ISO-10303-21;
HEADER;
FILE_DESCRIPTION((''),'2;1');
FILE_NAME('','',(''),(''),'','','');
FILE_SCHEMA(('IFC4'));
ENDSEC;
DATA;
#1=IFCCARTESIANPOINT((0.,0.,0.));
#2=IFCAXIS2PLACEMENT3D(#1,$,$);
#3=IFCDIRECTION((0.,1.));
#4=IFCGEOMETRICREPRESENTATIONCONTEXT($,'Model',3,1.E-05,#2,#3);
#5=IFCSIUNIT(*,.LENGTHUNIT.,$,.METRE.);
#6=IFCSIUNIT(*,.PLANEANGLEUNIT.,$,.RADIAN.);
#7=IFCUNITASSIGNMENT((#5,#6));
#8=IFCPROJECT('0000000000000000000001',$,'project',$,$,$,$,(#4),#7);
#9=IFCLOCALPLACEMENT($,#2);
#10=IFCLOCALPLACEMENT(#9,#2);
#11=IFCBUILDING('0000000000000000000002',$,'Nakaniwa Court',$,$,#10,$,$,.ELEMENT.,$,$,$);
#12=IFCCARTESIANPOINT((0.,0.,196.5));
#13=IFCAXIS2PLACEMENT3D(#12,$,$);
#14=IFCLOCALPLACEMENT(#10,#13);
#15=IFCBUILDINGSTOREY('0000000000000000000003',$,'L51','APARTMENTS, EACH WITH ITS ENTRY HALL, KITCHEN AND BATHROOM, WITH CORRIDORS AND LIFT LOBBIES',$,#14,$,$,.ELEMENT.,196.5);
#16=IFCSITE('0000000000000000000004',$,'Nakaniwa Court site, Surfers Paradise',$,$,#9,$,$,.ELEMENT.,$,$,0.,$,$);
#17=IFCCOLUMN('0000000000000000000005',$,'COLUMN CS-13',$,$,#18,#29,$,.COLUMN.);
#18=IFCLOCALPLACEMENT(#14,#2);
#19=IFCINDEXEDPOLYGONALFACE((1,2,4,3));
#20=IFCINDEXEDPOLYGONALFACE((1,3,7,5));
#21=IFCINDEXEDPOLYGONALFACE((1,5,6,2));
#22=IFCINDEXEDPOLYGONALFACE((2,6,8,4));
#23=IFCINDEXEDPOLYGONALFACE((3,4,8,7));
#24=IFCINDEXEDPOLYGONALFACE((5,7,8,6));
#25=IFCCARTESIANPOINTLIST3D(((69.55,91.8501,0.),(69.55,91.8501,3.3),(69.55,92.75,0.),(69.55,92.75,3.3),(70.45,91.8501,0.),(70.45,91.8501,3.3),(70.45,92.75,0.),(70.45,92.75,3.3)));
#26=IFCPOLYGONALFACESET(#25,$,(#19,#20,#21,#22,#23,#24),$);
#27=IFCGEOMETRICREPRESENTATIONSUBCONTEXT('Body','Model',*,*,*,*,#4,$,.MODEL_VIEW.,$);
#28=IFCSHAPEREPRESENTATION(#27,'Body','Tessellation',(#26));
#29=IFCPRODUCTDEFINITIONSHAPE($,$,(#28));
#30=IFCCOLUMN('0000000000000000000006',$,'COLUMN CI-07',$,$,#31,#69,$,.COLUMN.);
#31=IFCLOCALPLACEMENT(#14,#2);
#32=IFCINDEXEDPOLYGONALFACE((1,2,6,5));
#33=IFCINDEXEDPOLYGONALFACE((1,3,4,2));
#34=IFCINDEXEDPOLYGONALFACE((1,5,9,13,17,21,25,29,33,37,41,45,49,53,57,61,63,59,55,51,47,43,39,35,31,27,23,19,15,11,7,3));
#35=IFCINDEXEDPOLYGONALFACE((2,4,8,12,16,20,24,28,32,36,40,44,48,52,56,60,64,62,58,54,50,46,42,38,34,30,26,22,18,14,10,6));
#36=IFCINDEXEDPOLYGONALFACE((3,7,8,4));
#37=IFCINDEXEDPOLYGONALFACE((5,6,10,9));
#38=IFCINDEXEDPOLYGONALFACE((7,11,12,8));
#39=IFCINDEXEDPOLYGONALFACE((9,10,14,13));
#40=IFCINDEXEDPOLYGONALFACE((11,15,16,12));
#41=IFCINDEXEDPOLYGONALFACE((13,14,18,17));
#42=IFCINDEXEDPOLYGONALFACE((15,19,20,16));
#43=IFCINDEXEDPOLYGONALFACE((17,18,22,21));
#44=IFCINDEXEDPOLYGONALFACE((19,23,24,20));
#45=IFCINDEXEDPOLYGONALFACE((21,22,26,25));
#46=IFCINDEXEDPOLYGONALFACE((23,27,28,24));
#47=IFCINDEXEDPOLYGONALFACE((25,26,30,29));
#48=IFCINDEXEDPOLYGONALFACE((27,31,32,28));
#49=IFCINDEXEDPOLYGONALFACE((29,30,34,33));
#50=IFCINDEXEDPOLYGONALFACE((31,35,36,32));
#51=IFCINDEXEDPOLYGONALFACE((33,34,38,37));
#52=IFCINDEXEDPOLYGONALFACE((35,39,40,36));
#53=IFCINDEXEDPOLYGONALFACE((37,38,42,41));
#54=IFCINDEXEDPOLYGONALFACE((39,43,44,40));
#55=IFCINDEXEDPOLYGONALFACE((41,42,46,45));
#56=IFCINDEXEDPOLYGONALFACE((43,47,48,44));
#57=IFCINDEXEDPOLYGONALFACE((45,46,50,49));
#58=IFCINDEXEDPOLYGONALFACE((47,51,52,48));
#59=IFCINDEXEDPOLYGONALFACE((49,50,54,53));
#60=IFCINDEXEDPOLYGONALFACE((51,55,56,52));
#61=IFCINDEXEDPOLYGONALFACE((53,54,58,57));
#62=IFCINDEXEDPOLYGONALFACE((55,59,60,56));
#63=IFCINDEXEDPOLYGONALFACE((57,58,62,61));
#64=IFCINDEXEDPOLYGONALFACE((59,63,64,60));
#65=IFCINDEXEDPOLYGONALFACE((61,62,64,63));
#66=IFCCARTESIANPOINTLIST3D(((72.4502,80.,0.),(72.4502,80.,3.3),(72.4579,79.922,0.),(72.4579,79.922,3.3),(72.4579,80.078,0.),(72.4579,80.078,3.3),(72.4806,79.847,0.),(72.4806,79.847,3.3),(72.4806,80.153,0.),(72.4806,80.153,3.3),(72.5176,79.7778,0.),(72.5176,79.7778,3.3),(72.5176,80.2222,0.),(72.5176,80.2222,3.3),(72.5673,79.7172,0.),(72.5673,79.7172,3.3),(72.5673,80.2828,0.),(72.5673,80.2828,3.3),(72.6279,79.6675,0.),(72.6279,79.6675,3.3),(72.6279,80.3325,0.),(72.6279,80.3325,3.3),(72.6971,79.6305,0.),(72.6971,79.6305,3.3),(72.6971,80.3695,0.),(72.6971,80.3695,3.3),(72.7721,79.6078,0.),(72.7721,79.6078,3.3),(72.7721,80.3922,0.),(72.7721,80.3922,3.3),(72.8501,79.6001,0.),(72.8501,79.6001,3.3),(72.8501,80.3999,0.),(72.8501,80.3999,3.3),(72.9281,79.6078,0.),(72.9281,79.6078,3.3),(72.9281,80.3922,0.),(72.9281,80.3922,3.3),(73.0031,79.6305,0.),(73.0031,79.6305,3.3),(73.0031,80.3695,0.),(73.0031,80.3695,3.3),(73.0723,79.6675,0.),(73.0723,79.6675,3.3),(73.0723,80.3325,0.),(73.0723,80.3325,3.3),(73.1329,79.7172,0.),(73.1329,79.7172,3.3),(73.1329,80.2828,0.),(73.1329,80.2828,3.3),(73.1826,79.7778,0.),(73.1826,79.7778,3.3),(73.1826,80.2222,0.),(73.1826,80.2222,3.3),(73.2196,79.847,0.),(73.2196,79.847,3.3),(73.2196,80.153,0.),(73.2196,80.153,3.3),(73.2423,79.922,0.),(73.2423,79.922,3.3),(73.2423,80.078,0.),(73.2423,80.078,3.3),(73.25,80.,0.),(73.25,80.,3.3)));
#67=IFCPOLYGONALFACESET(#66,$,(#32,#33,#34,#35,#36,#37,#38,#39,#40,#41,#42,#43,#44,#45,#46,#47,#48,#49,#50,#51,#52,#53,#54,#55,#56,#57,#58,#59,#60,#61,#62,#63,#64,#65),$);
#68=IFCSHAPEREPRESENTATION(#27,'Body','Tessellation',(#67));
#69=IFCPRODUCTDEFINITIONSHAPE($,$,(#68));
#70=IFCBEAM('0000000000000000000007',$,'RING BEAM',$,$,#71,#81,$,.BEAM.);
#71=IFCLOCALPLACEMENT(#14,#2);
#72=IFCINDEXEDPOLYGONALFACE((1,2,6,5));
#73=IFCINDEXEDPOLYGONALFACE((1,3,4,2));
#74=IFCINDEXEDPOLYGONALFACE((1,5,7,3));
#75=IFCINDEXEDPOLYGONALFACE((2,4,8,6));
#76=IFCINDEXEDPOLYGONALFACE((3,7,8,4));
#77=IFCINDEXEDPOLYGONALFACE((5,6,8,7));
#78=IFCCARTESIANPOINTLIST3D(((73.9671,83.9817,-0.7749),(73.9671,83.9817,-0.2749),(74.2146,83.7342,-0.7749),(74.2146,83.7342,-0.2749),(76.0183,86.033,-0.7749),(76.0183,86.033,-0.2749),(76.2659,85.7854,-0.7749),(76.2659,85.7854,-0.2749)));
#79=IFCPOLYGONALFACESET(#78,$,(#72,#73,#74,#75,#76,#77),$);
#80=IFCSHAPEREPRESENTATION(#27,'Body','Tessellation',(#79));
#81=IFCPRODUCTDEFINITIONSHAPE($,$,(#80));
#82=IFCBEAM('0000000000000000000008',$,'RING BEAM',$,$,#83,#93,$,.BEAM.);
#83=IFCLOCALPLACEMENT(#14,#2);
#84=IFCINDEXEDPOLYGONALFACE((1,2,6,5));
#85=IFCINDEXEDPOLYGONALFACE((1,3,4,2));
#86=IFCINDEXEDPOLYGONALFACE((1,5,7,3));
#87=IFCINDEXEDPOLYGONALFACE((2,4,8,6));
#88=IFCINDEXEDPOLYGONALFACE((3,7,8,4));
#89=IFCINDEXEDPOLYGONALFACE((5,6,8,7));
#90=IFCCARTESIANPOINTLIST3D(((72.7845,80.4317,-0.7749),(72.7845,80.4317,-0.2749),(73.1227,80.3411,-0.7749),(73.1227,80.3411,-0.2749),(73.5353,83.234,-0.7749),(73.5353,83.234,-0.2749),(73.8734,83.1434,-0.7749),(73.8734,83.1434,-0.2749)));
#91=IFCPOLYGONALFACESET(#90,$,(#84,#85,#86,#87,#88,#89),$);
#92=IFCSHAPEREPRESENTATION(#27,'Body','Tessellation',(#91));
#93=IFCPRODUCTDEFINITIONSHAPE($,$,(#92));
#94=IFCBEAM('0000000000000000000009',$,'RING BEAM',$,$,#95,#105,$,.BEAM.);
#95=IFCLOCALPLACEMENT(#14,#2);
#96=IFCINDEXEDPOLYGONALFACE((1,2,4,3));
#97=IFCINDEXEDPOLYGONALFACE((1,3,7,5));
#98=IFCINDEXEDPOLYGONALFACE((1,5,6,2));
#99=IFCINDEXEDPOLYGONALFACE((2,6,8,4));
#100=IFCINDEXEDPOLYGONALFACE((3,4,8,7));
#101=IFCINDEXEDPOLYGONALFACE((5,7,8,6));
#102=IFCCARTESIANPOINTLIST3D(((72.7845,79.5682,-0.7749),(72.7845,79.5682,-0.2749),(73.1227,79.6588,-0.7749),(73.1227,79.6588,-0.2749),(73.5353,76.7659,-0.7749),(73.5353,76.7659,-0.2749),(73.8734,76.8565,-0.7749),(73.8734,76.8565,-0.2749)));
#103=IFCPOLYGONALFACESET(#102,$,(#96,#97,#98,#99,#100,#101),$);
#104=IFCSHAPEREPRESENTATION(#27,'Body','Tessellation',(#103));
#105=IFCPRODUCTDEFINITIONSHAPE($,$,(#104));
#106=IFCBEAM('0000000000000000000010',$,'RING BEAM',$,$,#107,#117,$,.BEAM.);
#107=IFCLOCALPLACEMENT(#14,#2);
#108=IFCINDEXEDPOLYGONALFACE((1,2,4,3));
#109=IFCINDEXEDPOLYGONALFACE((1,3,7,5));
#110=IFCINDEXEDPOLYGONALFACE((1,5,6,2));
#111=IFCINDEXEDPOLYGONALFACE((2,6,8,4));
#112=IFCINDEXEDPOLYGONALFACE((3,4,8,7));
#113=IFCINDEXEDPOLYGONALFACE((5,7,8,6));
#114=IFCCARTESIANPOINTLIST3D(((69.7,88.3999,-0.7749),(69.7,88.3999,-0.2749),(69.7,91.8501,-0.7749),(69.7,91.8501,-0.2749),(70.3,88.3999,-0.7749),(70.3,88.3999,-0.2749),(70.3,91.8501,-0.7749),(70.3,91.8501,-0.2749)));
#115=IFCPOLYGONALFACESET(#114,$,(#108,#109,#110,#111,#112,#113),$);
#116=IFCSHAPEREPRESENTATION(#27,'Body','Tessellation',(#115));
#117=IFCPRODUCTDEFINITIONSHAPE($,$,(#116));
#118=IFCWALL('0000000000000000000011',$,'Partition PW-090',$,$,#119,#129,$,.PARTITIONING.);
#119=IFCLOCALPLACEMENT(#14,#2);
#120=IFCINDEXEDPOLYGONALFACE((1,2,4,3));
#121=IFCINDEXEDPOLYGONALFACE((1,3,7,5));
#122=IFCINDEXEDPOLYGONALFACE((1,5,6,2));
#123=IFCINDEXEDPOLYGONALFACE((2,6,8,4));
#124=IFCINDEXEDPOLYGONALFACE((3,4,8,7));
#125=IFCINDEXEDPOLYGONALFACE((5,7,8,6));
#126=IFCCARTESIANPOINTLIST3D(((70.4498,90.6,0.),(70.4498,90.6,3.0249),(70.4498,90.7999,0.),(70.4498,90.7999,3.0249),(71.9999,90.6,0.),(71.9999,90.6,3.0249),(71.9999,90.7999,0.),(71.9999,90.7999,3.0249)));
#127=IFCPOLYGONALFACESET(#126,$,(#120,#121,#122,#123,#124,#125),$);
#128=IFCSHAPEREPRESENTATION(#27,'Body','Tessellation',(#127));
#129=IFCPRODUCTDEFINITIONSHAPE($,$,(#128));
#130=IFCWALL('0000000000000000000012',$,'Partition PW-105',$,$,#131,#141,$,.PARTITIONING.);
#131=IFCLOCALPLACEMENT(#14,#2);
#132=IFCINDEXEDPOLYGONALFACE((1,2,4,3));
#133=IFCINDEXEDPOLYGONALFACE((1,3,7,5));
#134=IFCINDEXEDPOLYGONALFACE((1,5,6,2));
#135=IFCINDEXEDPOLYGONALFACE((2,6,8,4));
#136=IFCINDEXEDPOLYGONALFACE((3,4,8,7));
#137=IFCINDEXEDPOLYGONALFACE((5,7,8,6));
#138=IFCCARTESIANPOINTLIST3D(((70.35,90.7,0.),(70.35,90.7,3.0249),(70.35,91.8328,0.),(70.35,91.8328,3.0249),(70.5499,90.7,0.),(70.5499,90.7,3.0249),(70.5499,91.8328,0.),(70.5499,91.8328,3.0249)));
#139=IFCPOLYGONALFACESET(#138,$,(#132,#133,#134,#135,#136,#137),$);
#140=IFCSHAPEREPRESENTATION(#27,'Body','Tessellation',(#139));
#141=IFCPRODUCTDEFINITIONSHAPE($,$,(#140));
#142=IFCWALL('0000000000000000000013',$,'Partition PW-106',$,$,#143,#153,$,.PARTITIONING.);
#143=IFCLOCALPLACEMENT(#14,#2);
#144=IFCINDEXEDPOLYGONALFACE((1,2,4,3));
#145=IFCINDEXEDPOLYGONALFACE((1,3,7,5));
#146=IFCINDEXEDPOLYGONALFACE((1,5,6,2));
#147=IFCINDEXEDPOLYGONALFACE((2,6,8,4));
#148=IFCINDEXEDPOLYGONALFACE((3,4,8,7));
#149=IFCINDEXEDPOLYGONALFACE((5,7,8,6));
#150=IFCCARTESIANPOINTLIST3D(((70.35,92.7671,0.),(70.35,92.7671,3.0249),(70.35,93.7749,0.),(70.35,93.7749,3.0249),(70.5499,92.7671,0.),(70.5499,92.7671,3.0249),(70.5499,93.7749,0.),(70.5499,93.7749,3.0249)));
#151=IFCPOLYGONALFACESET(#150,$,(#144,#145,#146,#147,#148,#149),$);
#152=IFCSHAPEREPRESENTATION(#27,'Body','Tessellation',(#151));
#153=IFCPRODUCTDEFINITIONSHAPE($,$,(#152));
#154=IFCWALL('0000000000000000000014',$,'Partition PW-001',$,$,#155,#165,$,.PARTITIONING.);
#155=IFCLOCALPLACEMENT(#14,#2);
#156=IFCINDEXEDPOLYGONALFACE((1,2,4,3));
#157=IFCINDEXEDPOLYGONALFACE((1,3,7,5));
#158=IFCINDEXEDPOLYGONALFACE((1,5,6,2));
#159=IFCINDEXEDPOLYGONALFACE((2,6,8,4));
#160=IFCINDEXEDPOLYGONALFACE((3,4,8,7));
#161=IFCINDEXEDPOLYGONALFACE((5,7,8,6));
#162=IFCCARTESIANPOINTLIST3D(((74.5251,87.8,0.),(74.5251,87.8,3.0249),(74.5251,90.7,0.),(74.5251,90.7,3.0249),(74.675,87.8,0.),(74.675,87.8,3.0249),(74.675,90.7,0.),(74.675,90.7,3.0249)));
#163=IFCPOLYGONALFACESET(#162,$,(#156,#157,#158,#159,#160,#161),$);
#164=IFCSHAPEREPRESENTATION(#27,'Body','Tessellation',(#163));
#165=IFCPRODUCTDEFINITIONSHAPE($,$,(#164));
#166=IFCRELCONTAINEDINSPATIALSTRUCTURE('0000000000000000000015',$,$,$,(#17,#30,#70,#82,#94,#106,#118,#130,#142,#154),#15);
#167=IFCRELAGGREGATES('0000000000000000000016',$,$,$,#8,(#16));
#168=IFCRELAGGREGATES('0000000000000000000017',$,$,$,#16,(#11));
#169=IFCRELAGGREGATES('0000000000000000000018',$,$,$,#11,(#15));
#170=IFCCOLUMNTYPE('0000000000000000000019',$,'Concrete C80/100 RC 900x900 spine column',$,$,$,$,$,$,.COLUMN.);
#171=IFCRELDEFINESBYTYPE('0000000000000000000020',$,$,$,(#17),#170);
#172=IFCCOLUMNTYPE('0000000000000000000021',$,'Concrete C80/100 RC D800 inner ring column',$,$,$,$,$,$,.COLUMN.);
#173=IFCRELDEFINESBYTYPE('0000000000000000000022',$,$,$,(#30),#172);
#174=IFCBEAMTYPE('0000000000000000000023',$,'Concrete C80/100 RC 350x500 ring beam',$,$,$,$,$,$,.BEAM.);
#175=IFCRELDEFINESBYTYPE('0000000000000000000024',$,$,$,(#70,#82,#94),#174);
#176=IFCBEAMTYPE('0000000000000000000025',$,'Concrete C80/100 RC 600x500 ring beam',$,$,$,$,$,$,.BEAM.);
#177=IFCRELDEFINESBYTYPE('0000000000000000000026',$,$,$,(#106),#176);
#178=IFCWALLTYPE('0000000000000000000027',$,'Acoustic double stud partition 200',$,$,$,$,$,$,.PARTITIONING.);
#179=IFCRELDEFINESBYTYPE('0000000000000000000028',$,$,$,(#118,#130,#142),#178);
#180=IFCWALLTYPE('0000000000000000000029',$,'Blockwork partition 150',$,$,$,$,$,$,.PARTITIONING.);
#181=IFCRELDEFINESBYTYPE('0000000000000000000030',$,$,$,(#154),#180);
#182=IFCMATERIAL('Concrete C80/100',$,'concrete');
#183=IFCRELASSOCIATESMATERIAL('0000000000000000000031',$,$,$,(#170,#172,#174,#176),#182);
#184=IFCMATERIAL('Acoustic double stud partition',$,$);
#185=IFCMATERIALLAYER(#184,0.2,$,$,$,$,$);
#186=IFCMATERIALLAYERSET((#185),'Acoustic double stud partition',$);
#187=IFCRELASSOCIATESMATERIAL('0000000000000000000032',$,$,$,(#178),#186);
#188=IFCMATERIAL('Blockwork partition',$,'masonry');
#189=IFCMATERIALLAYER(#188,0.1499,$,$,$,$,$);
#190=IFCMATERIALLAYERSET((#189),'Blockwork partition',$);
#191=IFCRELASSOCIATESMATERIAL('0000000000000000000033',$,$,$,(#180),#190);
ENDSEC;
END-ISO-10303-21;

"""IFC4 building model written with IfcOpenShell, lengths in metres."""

from ifc_helpers import new_model, si_unit, direction, frame, frame_2d, origin, origin_2d, place, context, subcontext, project, spatial, rectangle, circle, extrude, material, layer, layer_set, material_profile, profile_set, type_object, element, save


model = new_model("IFC4")

# Units and contexts
model_context = context("Model", 3, precision=1e-05, world=origin(), true_north=direction((0.0, 1.0)))
body_context = subcontext(model_context, "Body", "Model", "MODEL_VIEW")
ifc_project = project(units=[si_unit("LENGTHUNIT", "METRE"), si_unit("PLANEANGLEUNIT", "RADIAN")], contexts=[model_context])

# Site, building, storey
site_placement = place(None, origin())
site = spatial("IfcSite", under=ifc_project, at=site_placement, Name="Nakaniwa Court site, Surfers Paradise", CompositionType="ELEMENT", RefElevation=0.0)
building_placement = place(site_placement, origin())
building = spatial("IfcBuilding", under=site, at=building_placement, Name="Nakaniwa Court", CompositionType="ELEMENT")
storey_placement = place(building_placement, frame((0.0, 0.0, 196.5)))
storey = spatial("IfcBuildingStorey", under=building, at=storey_placement, Name="L51", Description="APARTMENTS, EACH WITH ITS ENTRY HALL, KITCHEN AND BATHROOM, WITH CORRIDORS AND LIFT LOBBIES", CompositionType="ELEMENT", Elevation=196.5)

# Columns
ifc_material_1 = material(Name="Concrete C80/100", Category="concrete")
ifc_material_profile_1 = material_profile(ifc_material_1, rectangle(XDim=0.8999, YDim=0.8999, at=origin_2d()), Name="Concrete C80/100 RC 900x900 spine column")
ifc_profile_set_1 = profile_set([ifc_material_profile_1], Name="Concrete C80/100")
column_type_1 = type_object("IfcColumnType", Name="Concrete C80/100 RC 900x900 spine column", PredefinedType="COLUMN", material=ifc_profile_set_1)
column_placement = place(storey_placement, frame((70.0, 92.3, 0.0), z_axis=(0.0, 0.0, 1.0), x_axis=(0.0, -1.0, 0.0)))
element("IfcColumn", 1, at=column_placement, inside=storey, type_object=column_type_1, Name="COLUMN CS-13", PredefinedType="COLUMN", context=body_context, shape_type="SweptSolid", body=[
    extrude(rectangle(XDim=0.8999, YDim=0.8999, at=origin_2d()), origin(), (0.0, 0.0, 1.0), 3.3),
])
ifc_material_profile_2 = material_profile(ifc_material_1, circle(Radius=0.3999, at=origin_2d()), Name="Concrete C80/100 RC D800 inner ring column")
ifc_profile_set_2 = profile_set([ifc_material_profile_2], Name="Concrete C80/100")
column_type_2 = type_object("IfcColumnType", Name="Concrete C80/100 RC D800 inner ring column", PredefinedType="COLUMN", material=ifc_profile_set_2)
for number, where, z_axis, x_axis, name in (
    (2, (72.8501, 80.0, 0.0), (0.0, 0.0, 1.0), (0.0, -1.0, 0.0), "COLUMN CI-07"),
):
    element("IfcColumn", number, at=place(storey_placement, frame(where, z_axis=z_axis, x_axis=x_axis)), inside=storey, type_object=column_type_2, Name=name, PredefinedType="COLUMN", context=body_context, shape_type="SweptSolid", body=[
        extrude(circle(Radius=0.3999, at=origin_2d()), origin(), (0.0, 0.0, 1.0), 3.3),
    ])

# Beams
ifc_material_profile_3 = material_profile(ifc_material_1, rectangle(XDim=0.3501, YDim=0.5, at=origin_2d()), Name="Concrete C80/100 RC 350x500 ring beam")
ifc_profile_set_3 = profile_set([ifc_material_profile_3], Name="Concrete C80/100")
beam_type_1 = type_object("IfcBeamType", Name="Concrete C80/100 RC 350x500 ring beam", PredefinedType="BEAM", material=ifc_profile_set_3)
beam_1_placement = place(storey_placement, frame((76.1421, 85.9092, -0.5249), z_axis=(-0.707107, -0.707107, 0.0), x_axis=(0.707107, -0.707107, 0.0)))
element("IfcBeam", 3, at=beam_1_placement, inside=storey, type_object=beam_type_1, Name="RING BEAM", PredefinedType="BEAM", context=body_context, shape_type="SweptSolid", body=[
    extrude(rectangle(XDim=0.3501, YDim=0.5, at=origin_2d()), origin(), (0.0, 0.0, 1.0), 2.9009),
])
for number, where, z_axis, x_axis, name in (
    (4, (73.7043, 83.1887, -0.5249), (-0.258778, -0.965937, 0.0), (0.965937, -0.258778, 0.0), "RING BEAM"),
    (5, (72.9536, 79.6135, -0.5249), (0.258778, -0.965937, 0.0), (0.965937, 0.258778, 0.0), "RING BEAM"),
):
    element("IfcBeam", number, at=place(storey_placement, frame(where, z_axis=z_axis, x_axis=x_axis)), inside=storey, type_object=beam_type_1, Name=name, PredefinedType="BEAM", context=body_context, shape_type="SweptSolid", body=[
        extrude(rectangle(XDim=0.3501, YDim=0.5, at=origin_2d()), origin(), (0.0, 0.0, 1.0), 2.9011),
    ])
ifc_material_profile_4 = material_profile(ifc_material_1, rectangle(XDim=0.6001, YDim=0.5, at=origin_2d()), Name="Concrete C80/100 RC 600x500 ring beam")
ifc_profile_set_4 = profile_set([ifc_material_profile_4], Name="Concrete C80/100")
beam_type_2 = type_object("IfcBeamType", Name="Concrete C80/100 RC 600x500 ring beam", PredefinedType="BEAM", material=ifc_profile_set_4)
beam_2_placement = place(storey_placement, frame((70.0, 91.8501, -0.5249), z_axis=(0.0, -1.0, 0.0), x_axis=(1.0, 0.0, 0.0)))
element("IfcBeam", 6, at=beam_2_placement, inside=storey, type_object=beam_type_2, Name="RING BEAM", PredefinedType="BEAM", context=body_context, shape_type="SweptSolid", body=[
    extrude(rectangle(XDim=0.6001, YDim=0.5, at=origin_2d()), origin(), (0.0, 0.0, 1.0), 3.4502),
])

# Walls
ifc_material_2 = material(Name="Acoustic double stud partition")
ifc_layer_1 = layer(ifc_material_2, 0.2)
ifc_layer_set_1 = layer_set([ifc_layer_1], Name="Acoustic double stud partition")
wall_type_1 = type_object("IfcWallType", Name="Acoustic double stud partition 200", PredefinedType="PARTITIONING", material=ifc_layer_set_1)
wall_1_placement = place(storey_placement, frame((70.45, 90.7, 0.0), z_axis=(0.0, 0.0, 1.0), x_axis=(1.0, 0.0, 0.0)))
element("IfcWall", 7, at=wall_1_placement, inside=storey, type_object=wall_type_1, Name="Partition PW-090", PredefinedType="PARTITIONING", context=body_context, shape_type="SweptSolid", body=[
    extrude(rectangle(XDim=1.55, YDim=0.2, at=frame_2d((0.7749, 0.0))), origin(), (0.0, 0.0, 1.0), 3.0249),
])
wall_2_placement = place(storey_placement, frame((70.45, 90.7, 0.0), z_axis=(0.0, 0.0, 1.0), x_axis=(0.0, 1.0, 0.0)))
element("IfcWall", 8, at=wall_2_placement, inside=storey, type_object=wall_type_1, Name="Partition PW-105", PredefinedType="PARTITIONING", context=body_context, shape_type="SweptSolid", body=[
    extrude(rectangle(XDim=1.1328, YDim=0.2, at=frame_2d((0.5664, 0.0))), origin(), (0.0, 0.0, 1.0), 3.0249),
])
wall_3_placement = place(storey_placement, frame((70.45, 92.7671, 0.0), z_axis=(0.0, 0.0, 1.0), x_axis=(0.0, 1.0, 0.0)))
element("IfcWall", 9, at=wall_3_placement, inside=storey, type_object=wall_type_1, Name="Partition PW-106", PredefinedType="PARTITIONING", context=body_context, shape_type="SweptSolid", body=[
    extrude(rectangle(XDim=1.0078, YDim=0.2, at=frame_2d((0.5039, 0.0))), origin(), (0.0, 0.0, 1.0), 3.0249),
])
ifc_material_3 = material(Name="Blockwork partition", Category="masonry")
ifc_layer_2 = layer(ifc_material_3, 0.1499)
ifc_layer_set_2 = layer_set([ifc_layer_2], Name="Blockwork partition")
wall_type_2 = type_object("IfcWallType", Name="Blockwork partition 150", PredefinedType="PARTITIONING", material=ifc_layer_set_2)
wall_4_placement = place(storey_placement, frame((74.6001, 87.8, 0.0), z_axis=(0.0, 0.0, 1.0), x_axis=(0.0, 1.0, 0.0)))
element("IfcWall", 10, at=wall_4_placement, inside=storey, type_object=wall_type_2, Name="Partition PW-001", PredefinedType="PARTITIONING", context=body_context, shape_type="SweptSolid", body=[
    extrude(rectangle(XDim=2.8999, YDim=0.1499, at=frame_2d((1.45, 0.0))), origin(), (0.0, 0.0, 1.0), 3.0249),
])

save(model, "model.ifc")
